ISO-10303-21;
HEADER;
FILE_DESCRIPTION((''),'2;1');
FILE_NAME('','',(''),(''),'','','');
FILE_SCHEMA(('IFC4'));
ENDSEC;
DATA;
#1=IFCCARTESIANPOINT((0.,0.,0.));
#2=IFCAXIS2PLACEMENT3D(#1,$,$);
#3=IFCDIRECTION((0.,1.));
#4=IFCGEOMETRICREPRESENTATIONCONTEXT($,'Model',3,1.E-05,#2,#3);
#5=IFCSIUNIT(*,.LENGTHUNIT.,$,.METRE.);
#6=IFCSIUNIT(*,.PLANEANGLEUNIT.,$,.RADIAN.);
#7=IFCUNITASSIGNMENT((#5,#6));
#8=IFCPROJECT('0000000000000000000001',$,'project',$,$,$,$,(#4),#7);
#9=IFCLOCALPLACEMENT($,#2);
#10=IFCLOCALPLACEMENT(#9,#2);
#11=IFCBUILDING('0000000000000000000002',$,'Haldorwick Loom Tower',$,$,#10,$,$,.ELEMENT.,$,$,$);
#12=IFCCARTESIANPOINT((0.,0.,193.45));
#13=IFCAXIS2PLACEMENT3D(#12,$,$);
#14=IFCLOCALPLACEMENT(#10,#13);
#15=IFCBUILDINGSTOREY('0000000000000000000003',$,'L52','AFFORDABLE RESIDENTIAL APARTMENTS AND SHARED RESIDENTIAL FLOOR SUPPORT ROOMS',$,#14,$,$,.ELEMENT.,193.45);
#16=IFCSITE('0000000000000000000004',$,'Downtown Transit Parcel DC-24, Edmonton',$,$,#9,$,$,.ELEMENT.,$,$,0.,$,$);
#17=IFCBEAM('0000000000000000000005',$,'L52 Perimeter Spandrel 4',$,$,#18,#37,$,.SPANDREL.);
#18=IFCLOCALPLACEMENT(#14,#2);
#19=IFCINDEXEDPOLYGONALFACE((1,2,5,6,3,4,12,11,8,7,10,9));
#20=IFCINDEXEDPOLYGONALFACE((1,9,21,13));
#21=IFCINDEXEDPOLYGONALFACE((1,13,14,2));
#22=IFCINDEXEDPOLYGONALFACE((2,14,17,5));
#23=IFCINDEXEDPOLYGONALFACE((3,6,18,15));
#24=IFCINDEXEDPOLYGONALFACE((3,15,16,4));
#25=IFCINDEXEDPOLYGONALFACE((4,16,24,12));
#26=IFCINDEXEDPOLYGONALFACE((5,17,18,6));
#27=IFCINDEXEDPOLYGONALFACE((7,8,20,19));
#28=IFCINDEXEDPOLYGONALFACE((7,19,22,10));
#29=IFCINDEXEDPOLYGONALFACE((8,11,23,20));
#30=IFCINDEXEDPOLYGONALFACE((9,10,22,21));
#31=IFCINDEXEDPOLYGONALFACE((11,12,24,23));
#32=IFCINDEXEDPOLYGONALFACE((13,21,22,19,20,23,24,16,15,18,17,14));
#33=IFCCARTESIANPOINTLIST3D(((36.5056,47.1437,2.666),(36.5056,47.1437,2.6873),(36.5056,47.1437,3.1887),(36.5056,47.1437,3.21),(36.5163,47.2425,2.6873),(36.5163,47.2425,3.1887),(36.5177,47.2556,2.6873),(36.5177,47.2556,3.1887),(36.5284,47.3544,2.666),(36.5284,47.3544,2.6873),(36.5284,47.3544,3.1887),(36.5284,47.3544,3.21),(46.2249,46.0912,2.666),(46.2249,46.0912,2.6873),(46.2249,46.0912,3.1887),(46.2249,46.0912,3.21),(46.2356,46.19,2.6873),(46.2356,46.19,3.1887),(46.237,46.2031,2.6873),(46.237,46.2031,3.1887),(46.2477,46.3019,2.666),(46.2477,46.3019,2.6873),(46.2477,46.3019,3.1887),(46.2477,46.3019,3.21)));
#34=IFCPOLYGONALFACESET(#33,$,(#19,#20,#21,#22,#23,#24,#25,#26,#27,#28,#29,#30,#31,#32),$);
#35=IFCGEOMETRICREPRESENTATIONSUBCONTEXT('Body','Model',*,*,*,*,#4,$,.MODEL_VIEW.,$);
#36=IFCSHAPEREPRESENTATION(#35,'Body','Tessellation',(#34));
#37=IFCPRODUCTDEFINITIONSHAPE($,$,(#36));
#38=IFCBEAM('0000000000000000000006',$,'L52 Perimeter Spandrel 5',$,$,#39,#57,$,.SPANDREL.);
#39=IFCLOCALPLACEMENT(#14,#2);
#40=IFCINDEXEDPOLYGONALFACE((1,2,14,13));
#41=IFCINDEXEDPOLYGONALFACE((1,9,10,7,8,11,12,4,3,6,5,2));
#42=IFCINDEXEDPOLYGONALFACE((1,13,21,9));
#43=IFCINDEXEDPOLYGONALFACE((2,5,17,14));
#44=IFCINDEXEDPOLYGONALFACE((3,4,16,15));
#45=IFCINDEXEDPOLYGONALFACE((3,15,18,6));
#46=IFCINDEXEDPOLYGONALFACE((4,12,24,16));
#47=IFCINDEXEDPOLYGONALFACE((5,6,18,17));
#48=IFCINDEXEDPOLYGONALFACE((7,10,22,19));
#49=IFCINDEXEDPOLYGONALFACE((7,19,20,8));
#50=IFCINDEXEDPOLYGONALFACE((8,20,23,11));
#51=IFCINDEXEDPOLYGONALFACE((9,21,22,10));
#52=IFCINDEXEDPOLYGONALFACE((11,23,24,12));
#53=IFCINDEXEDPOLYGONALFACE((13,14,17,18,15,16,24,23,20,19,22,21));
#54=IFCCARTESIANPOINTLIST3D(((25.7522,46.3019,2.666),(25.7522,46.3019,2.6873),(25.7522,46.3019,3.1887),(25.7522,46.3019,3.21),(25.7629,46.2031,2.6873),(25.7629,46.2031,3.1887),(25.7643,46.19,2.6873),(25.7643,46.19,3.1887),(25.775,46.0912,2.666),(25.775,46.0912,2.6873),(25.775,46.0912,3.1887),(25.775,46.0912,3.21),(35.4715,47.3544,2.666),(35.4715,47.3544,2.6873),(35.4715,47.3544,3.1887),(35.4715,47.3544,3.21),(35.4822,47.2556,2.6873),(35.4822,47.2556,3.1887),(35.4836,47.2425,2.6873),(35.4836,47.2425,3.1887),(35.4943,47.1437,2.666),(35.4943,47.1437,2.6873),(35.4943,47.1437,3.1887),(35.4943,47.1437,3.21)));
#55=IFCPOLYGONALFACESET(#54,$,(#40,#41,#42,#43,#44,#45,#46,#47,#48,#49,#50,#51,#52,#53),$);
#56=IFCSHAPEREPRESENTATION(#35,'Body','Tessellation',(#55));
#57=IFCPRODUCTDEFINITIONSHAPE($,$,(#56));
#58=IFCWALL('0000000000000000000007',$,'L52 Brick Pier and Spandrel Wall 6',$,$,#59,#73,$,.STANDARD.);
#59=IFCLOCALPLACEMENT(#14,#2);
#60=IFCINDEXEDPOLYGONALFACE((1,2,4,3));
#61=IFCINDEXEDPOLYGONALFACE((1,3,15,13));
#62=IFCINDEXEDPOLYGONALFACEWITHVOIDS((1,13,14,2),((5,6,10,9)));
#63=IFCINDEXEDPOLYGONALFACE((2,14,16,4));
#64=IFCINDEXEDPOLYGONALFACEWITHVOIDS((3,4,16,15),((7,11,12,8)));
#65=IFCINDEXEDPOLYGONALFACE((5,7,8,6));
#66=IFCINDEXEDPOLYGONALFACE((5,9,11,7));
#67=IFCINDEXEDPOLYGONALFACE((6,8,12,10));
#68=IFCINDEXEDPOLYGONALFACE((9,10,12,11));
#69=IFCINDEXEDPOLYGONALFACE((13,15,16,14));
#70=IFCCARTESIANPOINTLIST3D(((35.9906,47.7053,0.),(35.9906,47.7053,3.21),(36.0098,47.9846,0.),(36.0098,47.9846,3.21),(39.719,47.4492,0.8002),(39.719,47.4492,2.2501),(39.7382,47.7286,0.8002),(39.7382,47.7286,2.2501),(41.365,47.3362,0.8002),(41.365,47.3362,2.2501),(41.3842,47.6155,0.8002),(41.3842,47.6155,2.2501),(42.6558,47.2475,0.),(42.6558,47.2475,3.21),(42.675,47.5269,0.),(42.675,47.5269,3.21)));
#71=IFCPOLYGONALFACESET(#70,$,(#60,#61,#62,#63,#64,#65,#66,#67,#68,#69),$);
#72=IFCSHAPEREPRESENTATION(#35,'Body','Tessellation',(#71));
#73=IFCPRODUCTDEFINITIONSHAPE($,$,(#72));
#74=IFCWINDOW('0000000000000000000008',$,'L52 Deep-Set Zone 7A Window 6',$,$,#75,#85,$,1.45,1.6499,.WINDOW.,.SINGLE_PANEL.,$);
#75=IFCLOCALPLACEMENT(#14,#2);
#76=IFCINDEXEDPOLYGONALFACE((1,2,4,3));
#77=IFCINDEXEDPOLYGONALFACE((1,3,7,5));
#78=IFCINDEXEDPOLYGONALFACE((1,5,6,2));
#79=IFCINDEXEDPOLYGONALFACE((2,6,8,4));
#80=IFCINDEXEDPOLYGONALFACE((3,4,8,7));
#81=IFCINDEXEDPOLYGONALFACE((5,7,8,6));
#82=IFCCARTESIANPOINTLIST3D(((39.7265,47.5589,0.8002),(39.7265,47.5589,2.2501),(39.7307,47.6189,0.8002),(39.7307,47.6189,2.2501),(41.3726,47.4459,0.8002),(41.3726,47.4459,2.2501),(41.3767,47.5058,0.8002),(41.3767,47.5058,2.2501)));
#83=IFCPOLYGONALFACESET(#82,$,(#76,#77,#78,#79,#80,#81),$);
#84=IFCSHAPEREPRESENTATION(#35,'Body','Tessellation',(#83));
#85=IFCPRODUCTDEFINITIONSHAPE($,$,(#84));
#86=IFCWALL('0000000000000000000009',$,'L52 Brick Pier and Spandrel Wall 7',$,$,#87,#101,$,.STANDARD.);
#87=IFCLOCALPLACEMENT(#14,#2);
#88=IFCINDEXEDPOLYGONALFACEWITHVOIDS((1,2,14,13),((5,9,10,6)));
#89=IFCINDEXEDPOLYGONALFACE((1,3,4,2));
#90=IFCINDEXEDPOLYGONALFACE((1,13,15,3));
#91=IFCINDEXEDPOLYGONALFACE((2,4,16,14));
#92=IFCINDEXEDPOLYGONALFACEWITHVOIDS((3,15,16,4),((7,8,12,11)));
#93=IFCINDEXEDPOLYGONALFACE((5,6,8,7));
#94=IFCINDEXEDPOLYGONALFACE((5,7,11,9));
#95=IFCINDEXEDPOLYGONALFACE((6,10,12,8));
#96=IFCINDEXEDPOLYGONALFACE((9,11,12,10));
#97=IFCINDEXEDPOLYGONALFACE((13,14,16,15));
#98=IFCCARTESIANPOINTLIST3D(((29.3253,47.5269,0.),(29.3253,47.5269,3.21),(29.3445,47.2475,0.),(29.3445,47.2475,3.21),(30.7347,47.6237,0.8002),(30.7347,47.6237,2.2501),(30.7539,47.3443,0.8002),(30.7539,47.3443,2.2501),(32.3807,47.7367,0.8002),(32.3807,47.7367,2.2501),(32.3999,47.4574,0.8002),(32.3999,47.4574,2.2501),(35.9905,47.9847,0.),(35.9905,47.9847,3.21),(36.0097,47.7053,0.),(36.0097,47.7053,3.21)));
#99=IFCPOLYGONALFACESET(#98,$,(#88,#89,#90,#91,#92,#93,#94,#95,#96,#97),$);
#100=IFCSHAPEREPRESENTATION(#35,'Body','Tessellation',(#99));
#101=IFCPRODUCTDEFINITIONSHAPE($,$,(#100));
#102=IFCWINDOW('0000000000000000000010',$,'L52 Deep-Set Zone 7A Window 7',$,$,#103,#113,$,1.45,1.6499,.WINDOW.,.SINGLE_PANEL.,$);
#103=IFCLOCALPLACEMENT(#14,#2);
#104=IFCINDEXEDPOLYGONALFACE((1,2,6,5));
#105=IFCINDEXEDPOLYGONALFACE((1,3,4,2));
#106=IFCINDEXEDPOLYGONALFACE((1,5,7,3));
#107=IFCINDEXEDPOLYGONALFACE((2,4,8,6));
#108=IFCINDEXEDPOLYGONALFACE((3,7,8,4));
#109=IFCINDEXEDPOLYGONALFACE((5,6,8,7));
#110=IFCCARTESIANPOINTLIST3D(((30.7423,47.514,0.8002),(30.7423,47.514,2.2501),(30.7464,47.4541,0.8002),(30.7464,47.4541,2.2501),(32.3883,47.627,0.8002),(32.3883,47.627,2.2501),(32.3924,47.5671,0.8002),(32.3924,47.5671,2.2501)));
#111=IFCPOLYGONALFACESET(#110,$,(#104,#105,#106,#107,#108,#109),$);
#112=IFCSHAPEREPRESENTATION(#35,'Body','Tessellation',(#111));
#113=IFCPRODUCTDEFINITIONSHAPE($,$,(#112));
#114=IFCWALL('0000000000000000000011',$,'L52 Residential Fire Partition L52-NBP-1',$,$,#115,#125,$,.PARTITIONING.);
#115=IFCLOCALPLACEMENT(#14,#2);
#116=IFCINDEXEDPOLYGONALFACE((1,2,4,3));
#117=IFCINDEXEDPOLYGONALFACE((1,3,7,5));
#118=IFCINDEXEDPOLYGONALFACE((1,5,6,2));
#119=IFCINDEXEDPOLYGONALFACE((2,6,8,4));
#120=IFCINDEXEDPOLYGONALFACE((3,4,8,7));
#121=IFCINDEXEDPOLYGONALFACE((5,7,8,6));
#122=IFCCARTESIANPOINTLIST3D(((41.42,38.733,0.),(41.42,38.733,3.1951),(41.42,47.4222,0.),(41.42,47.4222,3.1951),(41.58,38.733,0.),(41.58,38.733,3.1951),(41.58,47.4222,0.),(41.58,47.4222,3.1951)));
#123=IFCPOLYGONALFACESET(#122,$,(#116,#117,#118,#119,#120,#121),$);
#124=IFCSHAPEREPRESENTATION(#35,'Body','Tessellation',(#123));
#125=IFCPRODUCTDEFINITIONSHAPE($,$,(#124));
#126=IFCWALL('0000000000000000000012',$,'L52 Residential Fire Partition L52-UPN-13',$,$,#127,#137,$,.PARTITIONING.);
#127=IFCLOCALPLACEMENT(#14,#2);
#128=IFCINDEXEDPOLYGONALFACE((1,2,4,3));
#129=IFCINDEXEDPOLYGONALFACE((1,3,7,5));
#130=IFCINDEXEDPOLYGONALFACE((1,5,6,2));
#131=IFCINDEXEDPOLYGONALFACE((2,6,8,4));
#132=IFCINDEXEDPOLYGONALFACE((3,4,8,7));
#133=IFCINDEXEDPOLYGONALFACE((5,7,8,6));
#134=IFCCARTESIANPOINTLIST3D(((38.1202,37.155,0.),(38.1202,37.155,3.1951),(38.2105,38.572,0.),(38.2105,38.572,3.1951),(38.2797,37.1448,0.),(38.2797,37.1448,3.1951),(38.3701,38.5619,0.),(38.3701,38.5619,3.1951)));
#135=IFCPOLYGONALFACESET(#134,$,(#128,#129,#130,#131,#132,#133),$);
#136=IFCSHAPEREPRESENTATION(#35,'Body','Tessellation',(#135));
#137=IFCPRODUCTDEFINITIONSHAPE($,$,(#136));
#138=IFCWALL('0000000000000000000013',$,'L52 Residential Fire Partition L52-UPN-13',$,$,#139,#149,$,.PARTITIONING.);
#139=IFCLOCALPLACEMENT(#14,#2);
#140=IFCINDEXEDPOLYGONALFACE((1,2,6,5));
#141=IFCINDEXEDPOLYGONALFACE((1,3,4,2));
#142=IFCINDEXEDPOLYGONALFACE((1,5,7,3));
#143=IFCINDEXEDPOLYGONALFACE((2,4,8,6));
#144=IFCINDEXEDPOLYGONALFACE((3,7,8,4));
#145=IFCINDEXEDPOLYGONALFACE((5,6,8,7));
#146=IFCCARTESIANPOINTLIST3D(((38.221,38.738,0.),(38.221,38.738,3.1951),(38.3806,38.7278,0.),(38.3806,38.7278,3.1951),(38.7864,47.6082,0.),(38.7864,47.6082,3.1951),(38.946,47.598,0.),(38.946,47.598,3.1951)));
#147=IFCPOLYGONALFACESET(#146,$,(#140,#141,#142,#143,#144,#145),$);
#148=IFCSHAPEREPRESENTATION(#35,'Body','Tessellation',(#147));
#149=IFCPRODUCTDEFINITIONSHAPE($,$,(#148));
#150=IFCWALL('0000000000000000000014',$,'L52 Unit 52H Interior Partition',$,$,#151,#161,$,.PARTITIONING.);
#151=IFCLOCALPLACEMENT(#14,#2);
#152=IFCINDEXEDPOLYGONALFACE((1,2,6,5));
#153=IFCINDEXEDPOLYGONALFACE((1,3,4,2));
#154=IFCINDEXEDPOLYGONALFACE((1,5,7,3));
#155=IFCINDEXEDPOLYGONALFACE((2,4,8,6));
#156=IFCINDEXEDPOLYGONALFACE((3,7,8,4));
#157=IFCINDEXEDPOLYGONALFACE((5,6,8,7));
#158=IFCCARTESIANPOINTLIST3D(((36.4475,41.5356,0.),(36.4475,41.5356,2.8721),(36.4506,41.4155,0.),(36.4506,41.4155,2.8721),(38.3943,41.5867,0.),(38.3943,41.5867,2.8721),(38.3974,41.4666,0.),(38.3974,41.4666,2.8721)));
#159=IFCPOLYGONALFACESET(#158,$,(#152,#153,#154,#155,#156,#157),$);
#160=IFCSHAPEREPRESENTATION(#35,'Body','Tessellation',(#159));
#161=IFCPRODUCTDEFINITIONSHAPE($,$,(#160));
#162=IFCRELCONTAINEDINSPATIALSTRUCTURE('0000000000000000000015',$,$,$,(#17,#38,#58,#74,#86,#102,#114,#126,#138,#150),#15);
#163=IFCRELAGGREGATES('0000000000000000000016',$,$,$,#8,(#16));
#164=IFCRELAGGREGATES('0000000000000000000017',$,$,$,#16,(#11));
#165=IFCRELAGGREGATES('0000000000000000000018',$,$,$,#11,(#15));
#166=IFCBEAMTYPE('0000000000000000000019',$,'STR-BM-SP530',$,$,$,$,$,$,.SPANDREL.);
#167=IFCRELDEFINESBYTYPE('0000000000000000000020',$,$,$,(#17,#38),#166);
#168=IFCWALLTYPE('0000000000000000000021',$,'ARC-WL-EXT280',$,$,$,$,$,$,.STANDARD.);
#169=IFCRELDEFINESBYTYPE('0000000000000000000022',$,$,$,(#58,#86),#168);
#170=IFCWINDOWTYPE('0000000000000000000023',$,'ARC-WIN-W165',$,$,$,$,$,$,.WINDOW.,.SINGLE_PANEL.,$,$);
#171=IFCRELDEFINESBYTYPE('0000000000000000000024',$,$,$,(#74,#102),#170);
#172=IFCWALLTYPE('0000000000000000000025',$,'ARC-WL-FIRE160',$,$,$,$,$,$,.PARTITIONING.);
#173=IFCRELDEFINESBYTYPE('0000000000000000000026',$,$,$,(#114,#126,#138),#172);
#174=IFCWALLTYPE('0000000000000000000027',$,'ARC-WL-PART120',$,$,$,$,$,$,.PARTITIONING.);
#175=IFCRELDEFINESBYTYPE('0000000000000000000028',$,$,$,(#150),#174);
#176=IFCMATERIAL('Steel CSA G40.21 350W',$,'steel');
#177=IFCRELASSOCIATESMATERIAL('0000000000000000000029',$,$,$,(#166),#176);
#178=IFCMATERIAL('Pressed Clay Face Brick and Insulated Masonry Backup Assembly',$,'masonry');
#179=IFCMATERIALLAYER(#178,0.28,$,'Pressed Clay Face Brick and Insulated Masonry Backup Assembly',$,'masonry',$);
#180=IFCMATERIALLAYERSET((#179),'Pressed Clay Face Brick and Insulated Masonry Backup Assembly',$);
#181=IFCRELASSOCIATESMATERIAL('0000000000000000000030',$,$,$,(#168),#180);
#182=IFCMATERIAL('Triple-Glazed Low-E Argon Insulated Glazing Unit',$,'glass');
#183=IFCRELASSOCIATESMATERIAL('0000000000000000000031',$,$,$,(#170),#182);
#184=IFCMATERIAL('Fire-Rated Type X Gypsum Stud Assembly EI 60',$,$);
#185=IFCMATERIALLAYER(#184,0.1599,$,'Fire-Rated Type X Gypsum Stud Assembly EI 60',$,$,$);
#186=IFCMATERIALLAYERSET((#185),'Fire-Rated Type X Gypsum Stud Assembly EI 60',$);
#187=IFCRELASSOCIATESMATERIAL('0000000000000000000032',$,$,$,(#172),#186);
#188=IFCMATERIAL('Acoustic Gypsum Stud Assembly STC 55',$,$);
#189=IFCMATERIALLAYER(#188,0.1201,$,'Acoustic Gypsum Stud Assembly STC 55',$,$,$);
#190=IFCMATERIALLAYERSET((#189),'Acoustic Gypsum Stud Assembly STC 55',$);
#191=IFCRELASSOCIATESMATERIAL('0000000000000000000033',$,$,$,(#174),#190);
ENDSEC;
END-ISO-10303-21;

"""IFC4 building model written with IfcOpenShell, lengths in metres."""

from ifc_helpers import new_model, si_unit, direction, frame, frame_2d, origin, origin_2d, place, context, subcontext, project, spatial, rectangle, i_section, extrude, material, layer, layer_set, material_profile, profile_set, type_object, element, fill, save


model = new_model("IFC4")

# Units and contexts
model_context = context("Model", 3, precision=1e-05, world=origin(), true_north=direction((0.0, 1.0)))
body_context = subcontext(model_context, "Body", "Model", "MODEL_VIEW")
ifc_project = project(units=[si_unit("LENGTHUNIT", "METRE"), si_unit("PLANEANGLEUNIT", "RADIAN")], contexts=[model_context])

# Site, building, storey
site_placement = place(None, origin())
site = spatial("IfcSite", under=ifc_project, at=site_placement, Name="Downtown Transit Parcel DC-24, Edmonton", CompositionType="ELEMENT", RefElevation=0.0)
building_placement = place(site_placement, origin())
building = spatial("IfcBuilding", under=site, at=building_placement, Name="Haldorwick Loom Tower", CompositionType="ELEMENT")
storey_placement = place(building_placement, frame((0.0, 0.0, 193.45)))
storey = spatial("IfcBuildingStorey", under=building, at=storey_placement, Name="L52", Description="AFFORDABLE RESIDENTIAL APARTMENTS AND SHARED RESIDENTIAL FLOOR SUPPORT ROOMS", CompositionType="ELEMENT", Elevation=193.45)

# Shared definitions
ifc_material_1 = material(Name="Steel CSA G40.21 350W", Category="steel")

# Beams
ifc_material_profile_1 = material_profile(ifc_material_1, i_section(OverallWidth=0.2119, OverallDepth=0.5439, WebThickness=0.0132, FlangeThickness=0.0212, at=origin_2d()), Name="W530X123", Category="steel")
ifc_profile_set_1 = profile_set([ifc_material_profile_1], Name="Steel CSA G40.21 350W")
beam_type_1 = type_object("IfcBeamType", Name="STR-BM-SP530", PredefinedType="SPANDREL", material=ifc_profile_set_1)
for number, where, z_axis, x_axis, name in (
    (1, (46.2363, 46.1965, 2.938), (-0.994188, 0.10766, 0.0), (-0.10766, -0.994188, 0.0), "L52 Perimeter Spandrel 4"),
    (2, (35.4829, 47.249, 2.938), (-0.994188, -0.10766, 0.0), (0.10766, -0.994188, 0.0), "L52 Perimeter Spandrel 5"),
):
    element("IfcBeam", number, at=place(storey_placement, frame(where, z_axis=z_axis, x_axis=x_axis)), inside=storey, type_object=beam_type_1, Name=name, PredefinedType="SPANDREL", context=body_context, shape_type="SweptSolid", body=[
        extrude(i_section(OverallWidth=0.2119, OverallDepth=0.5439, WebThickness=0.0132, FlangeThickness=0.0212, at=origin_2d()), origin(), (0.0, 0.0, 1.0), 9.7761),
    ])

# Walls, openings, windows
ifc_material_2 = material(Name="Pressed Clay Face Brick and Insulated Masonry Backup Assembly", Category="masonry")
ifc_layer_1 = layer(ifc_material_2, 0.28, Name="Pressed Clay Face Brick and Insulated Masonry Backup Assembly", Category="masonry")
ifc_layer_set_1 = layer_set([ifc_layer_1], Name="Pressed Clay Face Brick and Insulated Masonry Backup Assembly")
wall_type_1 = type_object("IfcWallType", Name="ARC-WL-EXT280", PredefinedType="STANDARD", material=ifc_layer_set_1)
wall_1_placement = place(storey_placement, frame((42.6653, 47.3872, 0.0), z_axis=(0.0, 0.0, 1.0), x_axis=(-0.99765, 0.068517, 0.0)))
wall_1 = element("IfcWall", 3, at=wall_1_placement, inside=storey, type_object=wall_type_1, Name="L52 Brick Pier and Spandrel Wall 6", PredefinedType="STANDARD", context=body_context, shape_type="SweptSolid", body=[
    extrude(rectangle(XDim=6.6809, YDim=0.28, at=frame_2d((3.3403, 0.0))), origin(), (0.0, 0.0, 1.0), 3.21),
])
opening_1_placement = place(wall_1_placement, frame((1.2937, 0.0, 0.8)))
opening_1 = element("IfcOpeningElement", 4, at=opening_1_placement, cuts=wall_1, PredefinedType="OPENING", context=body_context, shape_type="SweptSolid", body=[
    extrude(rectangle(XDim=1.6499, YDim=1.45, at=frame_2d((0.825, 0.7251))), frame((0.0, 0.1499, 0.0), z_axis=(0.0, -1.0, 0.0), x_axis=(1.0, 0.0, 0.0)), (0.0, 0.0, 1.0), 0.3),
])
ifc_material_3 = material(Name="Triple-Glazed Low-E Argon Insulated Glazing Unit", Category="glass")
window_type = type_object("IfcWindowType", Name="ARC-WIN-W165", PartitioningType="SINGLE_PANEL", PredefinedType="WINDOW", material=ifc_material_3)
window_1_placement = place(opening_1_placement, origin())
window_1 = element("IfcWindow", 5, at=window_1_placement, inside=storey, type_object=window_type, Name="L52 Deep-Set Zone 7A Window 6", OverallHeight=1.45, OverallWidth=1.6499, PartitioningType="SINGLE_PANEL", PredefinedType="WINDOW", context=body_context, shape_type="SweptSolid", body=[
    extrude(rectangle(XDim=1.6499, YDim=1.45, at=frame_2d((0.825, 0.7251))), frame((0.0, 0.03, 0.0), z_axis=(0.0, -1.0, 0.0), x_axis=(1.0, 0.0, 0.0)), (0.0, 0.0, 1.0), 0.0601),
])
fill(opening_1, window_1)
wall_2_placement = place(storey_placement, frame((36.0, 47.845, 0.0), z_axis=(0.0, 0.0, 1.0), x_axis=(-0.99765, -0.068517, 0.0)))
wall_2 = element("IfcWall", 6, at=wall_2_placement, inside=storey, type_object=wall_type_1, Name="L52 Brick Pier and Spandrel Wall 7", PredefinedType="STANDARD", context=body_context, shape_type="SweptSolid", body=[
    extrude(rectangle(XDim=6.6809, YDim=0.28, at=frame_2d((3.3403, 0.0))), origin(), (0.0, 0.0, 1.0), 3.21),
])
opening_2_placement = place(wall_2_placement, frame((3.6182, 0.0, 0.8)))
opening_2 = element("IfcOpeningElement", 7, at=opening_2_placement, cuts=wall_2, PredefinedType="OPENING", context=body_context, shape_type="SweptSolid", body=[
    extrude(rectangle(XDim=1.6499, YDim=1.45, at=frame_2d((0.825, 0.7251))), frame((0.0, 0.1499, 0.0), z_axis=(0.0, -1.0, 0.0), x_axis=(1.0, 0.0, 0.0)), (0.0, 0.0, 1.0), 0.3),
])
window_2_placement = place(opening_2_placement, origin())
window_2 = element("IfcWindow", 8, at=window_2_placement, inside=storey, type_object=window_type, Name="L52 Deep-Set Zone 7A Window 7", OverallHeight=1.45, OverallWidth=1.6499, PartitioningType="SINGLE_PANEL", PredefinedType="WINDOW", context=body_context, shape_type="SweptSolid", body=[
    extrude(rectangle(XDim=1.6499, YDim=1.45, at=frame_2d((0.825, 0.7251))), frame((0.0, 0.03, 0.0), z_axis=(0.0, -1.0, 0.0), x_axis=(1.0, 0.0, 0.0)), (0.0, 0.0, 1.0), 0.0601),
])
fill(opening_2, window_2)

# Walls
ifc_material_4 = material(Name="Fire-Rated Type X Gypsum Stud Assembly EI 60")
ifc_layer_2 = layer(ifc_material_4, 0.1599, Name="Fire-Rated Type X Gypsum Stud Assembly EI 60")
ifc_layer_set_2 = layer_set([ifc_layer_2], Name="Fire-Rated Type X Gypsum Stud Assembly EI 60")
wall_type_2 = type_object("IfcWallType", Name="ARC-WL-FIRE160", PredefinedType="PARTITIONING", material=ifc_layer_set_2)
wall_3_placement = place(storey_placement, frame((41.5, 38.7329, 0.0), z_axis=(0.0, 0.0, 1.0), x_axis=(0.0, 1.0, 0.0)))
element("IfcWall", 9, at=wall_3_placement, inside=storey, type_object=wall_type_2, Name="L52 Residential Fire Partition L52-NBP-1", PredefinedType="PARTITIONING", context=body_context, shape_type="SweptSolid", body=[
    extrude(rectangle(XDim=8.6892, YDim=0.1599, at=frame_2d((4.3447, 0.0))), origin(), (0.0, 0.0, 1.0), 3.1951),
])
wall_4_placement = place(storey_placement, frame((38.2, 37.1499, 0.0), z_axis=(0.0, 0.0, 1.0), x_axis=(0.06362, 0.997974, 0.0)))
element("IfcWall", 10, at=wall_4_placement, inside=storey, type_object=wall_type_2, Name="L52 Residential Fire Partition L52-UPN-13", PredefinedType="PARTITIONING", context=body_context, shape_type="SweptSolid", body=[
    extrude(rectangle(XDim=1.4199, YDim=0.1599, at=frame_2d((0.71, 0.0))), origin(), (0.0, 0.0, 1.0), 3.1951),
])
wall_5_placement = place(storey_placement, frame((38.3008, 38.7329, 0.0), z_axis=(0.0, 0.0, 1.0), x_axis=(0.063616, 0.997974, 0.0)))
element("IfcWall", 11, at=wall_5_placement, inside=storey, type_object=wall_type_2, Name="L52 Residential Fire Partition L52-UPN-13", PredefinedType="PARTITIONING", context=body_context, shape_type="SweptSolid", body=[
    extrude(rectangle(XDim=8.8882, YDim=0.1599, at=frame_2d((4.4441, 0.0))), origin(), (0.0, 0.0, 1.0), 3.1951),
])
ifc_material_5 = material(Name="Acoustic Gypsum Stud Assembly STC 55")
ifc_layer_3 = layer(ifc_material_5, 0.1201, Name="Acoustic Gypsum Stud Assembly STC 55")
ifc_layer_set_3 = layer_set([ifc_layer_3], Name="Acoustic Gypsum Stud Assembly STC 55")
wall_type_3 = type_object("IfcWallType", Name="ARC-WL-PART120", PredefinedType="PARTITIONING", material=ifc_layer_set_3)
wall_6_placement = place(storey_placement, frame((38.3958, 41.5266, 0.0), z_axis=(0.0, 0.0, 1.0), x_axis=(-0.999657, -0.026201, 0.0)))
element("IfcWall", 12, at=wall_6_placement, inside=storey, type_object=wall_type_3, Name="L52 Unit 52H Interior Partition", PredefinedType="PARTITIONING", context=body_context, shape_type="SweptSolid", body=[
    extrude(rectangle(XDim=1.9475, YDim=0.1201, at=frame_2d((0.9736, 0.0))), origin(), (0.0, 0.0, 1.0), 2.8721),
])

save(model, "model.ifc")
